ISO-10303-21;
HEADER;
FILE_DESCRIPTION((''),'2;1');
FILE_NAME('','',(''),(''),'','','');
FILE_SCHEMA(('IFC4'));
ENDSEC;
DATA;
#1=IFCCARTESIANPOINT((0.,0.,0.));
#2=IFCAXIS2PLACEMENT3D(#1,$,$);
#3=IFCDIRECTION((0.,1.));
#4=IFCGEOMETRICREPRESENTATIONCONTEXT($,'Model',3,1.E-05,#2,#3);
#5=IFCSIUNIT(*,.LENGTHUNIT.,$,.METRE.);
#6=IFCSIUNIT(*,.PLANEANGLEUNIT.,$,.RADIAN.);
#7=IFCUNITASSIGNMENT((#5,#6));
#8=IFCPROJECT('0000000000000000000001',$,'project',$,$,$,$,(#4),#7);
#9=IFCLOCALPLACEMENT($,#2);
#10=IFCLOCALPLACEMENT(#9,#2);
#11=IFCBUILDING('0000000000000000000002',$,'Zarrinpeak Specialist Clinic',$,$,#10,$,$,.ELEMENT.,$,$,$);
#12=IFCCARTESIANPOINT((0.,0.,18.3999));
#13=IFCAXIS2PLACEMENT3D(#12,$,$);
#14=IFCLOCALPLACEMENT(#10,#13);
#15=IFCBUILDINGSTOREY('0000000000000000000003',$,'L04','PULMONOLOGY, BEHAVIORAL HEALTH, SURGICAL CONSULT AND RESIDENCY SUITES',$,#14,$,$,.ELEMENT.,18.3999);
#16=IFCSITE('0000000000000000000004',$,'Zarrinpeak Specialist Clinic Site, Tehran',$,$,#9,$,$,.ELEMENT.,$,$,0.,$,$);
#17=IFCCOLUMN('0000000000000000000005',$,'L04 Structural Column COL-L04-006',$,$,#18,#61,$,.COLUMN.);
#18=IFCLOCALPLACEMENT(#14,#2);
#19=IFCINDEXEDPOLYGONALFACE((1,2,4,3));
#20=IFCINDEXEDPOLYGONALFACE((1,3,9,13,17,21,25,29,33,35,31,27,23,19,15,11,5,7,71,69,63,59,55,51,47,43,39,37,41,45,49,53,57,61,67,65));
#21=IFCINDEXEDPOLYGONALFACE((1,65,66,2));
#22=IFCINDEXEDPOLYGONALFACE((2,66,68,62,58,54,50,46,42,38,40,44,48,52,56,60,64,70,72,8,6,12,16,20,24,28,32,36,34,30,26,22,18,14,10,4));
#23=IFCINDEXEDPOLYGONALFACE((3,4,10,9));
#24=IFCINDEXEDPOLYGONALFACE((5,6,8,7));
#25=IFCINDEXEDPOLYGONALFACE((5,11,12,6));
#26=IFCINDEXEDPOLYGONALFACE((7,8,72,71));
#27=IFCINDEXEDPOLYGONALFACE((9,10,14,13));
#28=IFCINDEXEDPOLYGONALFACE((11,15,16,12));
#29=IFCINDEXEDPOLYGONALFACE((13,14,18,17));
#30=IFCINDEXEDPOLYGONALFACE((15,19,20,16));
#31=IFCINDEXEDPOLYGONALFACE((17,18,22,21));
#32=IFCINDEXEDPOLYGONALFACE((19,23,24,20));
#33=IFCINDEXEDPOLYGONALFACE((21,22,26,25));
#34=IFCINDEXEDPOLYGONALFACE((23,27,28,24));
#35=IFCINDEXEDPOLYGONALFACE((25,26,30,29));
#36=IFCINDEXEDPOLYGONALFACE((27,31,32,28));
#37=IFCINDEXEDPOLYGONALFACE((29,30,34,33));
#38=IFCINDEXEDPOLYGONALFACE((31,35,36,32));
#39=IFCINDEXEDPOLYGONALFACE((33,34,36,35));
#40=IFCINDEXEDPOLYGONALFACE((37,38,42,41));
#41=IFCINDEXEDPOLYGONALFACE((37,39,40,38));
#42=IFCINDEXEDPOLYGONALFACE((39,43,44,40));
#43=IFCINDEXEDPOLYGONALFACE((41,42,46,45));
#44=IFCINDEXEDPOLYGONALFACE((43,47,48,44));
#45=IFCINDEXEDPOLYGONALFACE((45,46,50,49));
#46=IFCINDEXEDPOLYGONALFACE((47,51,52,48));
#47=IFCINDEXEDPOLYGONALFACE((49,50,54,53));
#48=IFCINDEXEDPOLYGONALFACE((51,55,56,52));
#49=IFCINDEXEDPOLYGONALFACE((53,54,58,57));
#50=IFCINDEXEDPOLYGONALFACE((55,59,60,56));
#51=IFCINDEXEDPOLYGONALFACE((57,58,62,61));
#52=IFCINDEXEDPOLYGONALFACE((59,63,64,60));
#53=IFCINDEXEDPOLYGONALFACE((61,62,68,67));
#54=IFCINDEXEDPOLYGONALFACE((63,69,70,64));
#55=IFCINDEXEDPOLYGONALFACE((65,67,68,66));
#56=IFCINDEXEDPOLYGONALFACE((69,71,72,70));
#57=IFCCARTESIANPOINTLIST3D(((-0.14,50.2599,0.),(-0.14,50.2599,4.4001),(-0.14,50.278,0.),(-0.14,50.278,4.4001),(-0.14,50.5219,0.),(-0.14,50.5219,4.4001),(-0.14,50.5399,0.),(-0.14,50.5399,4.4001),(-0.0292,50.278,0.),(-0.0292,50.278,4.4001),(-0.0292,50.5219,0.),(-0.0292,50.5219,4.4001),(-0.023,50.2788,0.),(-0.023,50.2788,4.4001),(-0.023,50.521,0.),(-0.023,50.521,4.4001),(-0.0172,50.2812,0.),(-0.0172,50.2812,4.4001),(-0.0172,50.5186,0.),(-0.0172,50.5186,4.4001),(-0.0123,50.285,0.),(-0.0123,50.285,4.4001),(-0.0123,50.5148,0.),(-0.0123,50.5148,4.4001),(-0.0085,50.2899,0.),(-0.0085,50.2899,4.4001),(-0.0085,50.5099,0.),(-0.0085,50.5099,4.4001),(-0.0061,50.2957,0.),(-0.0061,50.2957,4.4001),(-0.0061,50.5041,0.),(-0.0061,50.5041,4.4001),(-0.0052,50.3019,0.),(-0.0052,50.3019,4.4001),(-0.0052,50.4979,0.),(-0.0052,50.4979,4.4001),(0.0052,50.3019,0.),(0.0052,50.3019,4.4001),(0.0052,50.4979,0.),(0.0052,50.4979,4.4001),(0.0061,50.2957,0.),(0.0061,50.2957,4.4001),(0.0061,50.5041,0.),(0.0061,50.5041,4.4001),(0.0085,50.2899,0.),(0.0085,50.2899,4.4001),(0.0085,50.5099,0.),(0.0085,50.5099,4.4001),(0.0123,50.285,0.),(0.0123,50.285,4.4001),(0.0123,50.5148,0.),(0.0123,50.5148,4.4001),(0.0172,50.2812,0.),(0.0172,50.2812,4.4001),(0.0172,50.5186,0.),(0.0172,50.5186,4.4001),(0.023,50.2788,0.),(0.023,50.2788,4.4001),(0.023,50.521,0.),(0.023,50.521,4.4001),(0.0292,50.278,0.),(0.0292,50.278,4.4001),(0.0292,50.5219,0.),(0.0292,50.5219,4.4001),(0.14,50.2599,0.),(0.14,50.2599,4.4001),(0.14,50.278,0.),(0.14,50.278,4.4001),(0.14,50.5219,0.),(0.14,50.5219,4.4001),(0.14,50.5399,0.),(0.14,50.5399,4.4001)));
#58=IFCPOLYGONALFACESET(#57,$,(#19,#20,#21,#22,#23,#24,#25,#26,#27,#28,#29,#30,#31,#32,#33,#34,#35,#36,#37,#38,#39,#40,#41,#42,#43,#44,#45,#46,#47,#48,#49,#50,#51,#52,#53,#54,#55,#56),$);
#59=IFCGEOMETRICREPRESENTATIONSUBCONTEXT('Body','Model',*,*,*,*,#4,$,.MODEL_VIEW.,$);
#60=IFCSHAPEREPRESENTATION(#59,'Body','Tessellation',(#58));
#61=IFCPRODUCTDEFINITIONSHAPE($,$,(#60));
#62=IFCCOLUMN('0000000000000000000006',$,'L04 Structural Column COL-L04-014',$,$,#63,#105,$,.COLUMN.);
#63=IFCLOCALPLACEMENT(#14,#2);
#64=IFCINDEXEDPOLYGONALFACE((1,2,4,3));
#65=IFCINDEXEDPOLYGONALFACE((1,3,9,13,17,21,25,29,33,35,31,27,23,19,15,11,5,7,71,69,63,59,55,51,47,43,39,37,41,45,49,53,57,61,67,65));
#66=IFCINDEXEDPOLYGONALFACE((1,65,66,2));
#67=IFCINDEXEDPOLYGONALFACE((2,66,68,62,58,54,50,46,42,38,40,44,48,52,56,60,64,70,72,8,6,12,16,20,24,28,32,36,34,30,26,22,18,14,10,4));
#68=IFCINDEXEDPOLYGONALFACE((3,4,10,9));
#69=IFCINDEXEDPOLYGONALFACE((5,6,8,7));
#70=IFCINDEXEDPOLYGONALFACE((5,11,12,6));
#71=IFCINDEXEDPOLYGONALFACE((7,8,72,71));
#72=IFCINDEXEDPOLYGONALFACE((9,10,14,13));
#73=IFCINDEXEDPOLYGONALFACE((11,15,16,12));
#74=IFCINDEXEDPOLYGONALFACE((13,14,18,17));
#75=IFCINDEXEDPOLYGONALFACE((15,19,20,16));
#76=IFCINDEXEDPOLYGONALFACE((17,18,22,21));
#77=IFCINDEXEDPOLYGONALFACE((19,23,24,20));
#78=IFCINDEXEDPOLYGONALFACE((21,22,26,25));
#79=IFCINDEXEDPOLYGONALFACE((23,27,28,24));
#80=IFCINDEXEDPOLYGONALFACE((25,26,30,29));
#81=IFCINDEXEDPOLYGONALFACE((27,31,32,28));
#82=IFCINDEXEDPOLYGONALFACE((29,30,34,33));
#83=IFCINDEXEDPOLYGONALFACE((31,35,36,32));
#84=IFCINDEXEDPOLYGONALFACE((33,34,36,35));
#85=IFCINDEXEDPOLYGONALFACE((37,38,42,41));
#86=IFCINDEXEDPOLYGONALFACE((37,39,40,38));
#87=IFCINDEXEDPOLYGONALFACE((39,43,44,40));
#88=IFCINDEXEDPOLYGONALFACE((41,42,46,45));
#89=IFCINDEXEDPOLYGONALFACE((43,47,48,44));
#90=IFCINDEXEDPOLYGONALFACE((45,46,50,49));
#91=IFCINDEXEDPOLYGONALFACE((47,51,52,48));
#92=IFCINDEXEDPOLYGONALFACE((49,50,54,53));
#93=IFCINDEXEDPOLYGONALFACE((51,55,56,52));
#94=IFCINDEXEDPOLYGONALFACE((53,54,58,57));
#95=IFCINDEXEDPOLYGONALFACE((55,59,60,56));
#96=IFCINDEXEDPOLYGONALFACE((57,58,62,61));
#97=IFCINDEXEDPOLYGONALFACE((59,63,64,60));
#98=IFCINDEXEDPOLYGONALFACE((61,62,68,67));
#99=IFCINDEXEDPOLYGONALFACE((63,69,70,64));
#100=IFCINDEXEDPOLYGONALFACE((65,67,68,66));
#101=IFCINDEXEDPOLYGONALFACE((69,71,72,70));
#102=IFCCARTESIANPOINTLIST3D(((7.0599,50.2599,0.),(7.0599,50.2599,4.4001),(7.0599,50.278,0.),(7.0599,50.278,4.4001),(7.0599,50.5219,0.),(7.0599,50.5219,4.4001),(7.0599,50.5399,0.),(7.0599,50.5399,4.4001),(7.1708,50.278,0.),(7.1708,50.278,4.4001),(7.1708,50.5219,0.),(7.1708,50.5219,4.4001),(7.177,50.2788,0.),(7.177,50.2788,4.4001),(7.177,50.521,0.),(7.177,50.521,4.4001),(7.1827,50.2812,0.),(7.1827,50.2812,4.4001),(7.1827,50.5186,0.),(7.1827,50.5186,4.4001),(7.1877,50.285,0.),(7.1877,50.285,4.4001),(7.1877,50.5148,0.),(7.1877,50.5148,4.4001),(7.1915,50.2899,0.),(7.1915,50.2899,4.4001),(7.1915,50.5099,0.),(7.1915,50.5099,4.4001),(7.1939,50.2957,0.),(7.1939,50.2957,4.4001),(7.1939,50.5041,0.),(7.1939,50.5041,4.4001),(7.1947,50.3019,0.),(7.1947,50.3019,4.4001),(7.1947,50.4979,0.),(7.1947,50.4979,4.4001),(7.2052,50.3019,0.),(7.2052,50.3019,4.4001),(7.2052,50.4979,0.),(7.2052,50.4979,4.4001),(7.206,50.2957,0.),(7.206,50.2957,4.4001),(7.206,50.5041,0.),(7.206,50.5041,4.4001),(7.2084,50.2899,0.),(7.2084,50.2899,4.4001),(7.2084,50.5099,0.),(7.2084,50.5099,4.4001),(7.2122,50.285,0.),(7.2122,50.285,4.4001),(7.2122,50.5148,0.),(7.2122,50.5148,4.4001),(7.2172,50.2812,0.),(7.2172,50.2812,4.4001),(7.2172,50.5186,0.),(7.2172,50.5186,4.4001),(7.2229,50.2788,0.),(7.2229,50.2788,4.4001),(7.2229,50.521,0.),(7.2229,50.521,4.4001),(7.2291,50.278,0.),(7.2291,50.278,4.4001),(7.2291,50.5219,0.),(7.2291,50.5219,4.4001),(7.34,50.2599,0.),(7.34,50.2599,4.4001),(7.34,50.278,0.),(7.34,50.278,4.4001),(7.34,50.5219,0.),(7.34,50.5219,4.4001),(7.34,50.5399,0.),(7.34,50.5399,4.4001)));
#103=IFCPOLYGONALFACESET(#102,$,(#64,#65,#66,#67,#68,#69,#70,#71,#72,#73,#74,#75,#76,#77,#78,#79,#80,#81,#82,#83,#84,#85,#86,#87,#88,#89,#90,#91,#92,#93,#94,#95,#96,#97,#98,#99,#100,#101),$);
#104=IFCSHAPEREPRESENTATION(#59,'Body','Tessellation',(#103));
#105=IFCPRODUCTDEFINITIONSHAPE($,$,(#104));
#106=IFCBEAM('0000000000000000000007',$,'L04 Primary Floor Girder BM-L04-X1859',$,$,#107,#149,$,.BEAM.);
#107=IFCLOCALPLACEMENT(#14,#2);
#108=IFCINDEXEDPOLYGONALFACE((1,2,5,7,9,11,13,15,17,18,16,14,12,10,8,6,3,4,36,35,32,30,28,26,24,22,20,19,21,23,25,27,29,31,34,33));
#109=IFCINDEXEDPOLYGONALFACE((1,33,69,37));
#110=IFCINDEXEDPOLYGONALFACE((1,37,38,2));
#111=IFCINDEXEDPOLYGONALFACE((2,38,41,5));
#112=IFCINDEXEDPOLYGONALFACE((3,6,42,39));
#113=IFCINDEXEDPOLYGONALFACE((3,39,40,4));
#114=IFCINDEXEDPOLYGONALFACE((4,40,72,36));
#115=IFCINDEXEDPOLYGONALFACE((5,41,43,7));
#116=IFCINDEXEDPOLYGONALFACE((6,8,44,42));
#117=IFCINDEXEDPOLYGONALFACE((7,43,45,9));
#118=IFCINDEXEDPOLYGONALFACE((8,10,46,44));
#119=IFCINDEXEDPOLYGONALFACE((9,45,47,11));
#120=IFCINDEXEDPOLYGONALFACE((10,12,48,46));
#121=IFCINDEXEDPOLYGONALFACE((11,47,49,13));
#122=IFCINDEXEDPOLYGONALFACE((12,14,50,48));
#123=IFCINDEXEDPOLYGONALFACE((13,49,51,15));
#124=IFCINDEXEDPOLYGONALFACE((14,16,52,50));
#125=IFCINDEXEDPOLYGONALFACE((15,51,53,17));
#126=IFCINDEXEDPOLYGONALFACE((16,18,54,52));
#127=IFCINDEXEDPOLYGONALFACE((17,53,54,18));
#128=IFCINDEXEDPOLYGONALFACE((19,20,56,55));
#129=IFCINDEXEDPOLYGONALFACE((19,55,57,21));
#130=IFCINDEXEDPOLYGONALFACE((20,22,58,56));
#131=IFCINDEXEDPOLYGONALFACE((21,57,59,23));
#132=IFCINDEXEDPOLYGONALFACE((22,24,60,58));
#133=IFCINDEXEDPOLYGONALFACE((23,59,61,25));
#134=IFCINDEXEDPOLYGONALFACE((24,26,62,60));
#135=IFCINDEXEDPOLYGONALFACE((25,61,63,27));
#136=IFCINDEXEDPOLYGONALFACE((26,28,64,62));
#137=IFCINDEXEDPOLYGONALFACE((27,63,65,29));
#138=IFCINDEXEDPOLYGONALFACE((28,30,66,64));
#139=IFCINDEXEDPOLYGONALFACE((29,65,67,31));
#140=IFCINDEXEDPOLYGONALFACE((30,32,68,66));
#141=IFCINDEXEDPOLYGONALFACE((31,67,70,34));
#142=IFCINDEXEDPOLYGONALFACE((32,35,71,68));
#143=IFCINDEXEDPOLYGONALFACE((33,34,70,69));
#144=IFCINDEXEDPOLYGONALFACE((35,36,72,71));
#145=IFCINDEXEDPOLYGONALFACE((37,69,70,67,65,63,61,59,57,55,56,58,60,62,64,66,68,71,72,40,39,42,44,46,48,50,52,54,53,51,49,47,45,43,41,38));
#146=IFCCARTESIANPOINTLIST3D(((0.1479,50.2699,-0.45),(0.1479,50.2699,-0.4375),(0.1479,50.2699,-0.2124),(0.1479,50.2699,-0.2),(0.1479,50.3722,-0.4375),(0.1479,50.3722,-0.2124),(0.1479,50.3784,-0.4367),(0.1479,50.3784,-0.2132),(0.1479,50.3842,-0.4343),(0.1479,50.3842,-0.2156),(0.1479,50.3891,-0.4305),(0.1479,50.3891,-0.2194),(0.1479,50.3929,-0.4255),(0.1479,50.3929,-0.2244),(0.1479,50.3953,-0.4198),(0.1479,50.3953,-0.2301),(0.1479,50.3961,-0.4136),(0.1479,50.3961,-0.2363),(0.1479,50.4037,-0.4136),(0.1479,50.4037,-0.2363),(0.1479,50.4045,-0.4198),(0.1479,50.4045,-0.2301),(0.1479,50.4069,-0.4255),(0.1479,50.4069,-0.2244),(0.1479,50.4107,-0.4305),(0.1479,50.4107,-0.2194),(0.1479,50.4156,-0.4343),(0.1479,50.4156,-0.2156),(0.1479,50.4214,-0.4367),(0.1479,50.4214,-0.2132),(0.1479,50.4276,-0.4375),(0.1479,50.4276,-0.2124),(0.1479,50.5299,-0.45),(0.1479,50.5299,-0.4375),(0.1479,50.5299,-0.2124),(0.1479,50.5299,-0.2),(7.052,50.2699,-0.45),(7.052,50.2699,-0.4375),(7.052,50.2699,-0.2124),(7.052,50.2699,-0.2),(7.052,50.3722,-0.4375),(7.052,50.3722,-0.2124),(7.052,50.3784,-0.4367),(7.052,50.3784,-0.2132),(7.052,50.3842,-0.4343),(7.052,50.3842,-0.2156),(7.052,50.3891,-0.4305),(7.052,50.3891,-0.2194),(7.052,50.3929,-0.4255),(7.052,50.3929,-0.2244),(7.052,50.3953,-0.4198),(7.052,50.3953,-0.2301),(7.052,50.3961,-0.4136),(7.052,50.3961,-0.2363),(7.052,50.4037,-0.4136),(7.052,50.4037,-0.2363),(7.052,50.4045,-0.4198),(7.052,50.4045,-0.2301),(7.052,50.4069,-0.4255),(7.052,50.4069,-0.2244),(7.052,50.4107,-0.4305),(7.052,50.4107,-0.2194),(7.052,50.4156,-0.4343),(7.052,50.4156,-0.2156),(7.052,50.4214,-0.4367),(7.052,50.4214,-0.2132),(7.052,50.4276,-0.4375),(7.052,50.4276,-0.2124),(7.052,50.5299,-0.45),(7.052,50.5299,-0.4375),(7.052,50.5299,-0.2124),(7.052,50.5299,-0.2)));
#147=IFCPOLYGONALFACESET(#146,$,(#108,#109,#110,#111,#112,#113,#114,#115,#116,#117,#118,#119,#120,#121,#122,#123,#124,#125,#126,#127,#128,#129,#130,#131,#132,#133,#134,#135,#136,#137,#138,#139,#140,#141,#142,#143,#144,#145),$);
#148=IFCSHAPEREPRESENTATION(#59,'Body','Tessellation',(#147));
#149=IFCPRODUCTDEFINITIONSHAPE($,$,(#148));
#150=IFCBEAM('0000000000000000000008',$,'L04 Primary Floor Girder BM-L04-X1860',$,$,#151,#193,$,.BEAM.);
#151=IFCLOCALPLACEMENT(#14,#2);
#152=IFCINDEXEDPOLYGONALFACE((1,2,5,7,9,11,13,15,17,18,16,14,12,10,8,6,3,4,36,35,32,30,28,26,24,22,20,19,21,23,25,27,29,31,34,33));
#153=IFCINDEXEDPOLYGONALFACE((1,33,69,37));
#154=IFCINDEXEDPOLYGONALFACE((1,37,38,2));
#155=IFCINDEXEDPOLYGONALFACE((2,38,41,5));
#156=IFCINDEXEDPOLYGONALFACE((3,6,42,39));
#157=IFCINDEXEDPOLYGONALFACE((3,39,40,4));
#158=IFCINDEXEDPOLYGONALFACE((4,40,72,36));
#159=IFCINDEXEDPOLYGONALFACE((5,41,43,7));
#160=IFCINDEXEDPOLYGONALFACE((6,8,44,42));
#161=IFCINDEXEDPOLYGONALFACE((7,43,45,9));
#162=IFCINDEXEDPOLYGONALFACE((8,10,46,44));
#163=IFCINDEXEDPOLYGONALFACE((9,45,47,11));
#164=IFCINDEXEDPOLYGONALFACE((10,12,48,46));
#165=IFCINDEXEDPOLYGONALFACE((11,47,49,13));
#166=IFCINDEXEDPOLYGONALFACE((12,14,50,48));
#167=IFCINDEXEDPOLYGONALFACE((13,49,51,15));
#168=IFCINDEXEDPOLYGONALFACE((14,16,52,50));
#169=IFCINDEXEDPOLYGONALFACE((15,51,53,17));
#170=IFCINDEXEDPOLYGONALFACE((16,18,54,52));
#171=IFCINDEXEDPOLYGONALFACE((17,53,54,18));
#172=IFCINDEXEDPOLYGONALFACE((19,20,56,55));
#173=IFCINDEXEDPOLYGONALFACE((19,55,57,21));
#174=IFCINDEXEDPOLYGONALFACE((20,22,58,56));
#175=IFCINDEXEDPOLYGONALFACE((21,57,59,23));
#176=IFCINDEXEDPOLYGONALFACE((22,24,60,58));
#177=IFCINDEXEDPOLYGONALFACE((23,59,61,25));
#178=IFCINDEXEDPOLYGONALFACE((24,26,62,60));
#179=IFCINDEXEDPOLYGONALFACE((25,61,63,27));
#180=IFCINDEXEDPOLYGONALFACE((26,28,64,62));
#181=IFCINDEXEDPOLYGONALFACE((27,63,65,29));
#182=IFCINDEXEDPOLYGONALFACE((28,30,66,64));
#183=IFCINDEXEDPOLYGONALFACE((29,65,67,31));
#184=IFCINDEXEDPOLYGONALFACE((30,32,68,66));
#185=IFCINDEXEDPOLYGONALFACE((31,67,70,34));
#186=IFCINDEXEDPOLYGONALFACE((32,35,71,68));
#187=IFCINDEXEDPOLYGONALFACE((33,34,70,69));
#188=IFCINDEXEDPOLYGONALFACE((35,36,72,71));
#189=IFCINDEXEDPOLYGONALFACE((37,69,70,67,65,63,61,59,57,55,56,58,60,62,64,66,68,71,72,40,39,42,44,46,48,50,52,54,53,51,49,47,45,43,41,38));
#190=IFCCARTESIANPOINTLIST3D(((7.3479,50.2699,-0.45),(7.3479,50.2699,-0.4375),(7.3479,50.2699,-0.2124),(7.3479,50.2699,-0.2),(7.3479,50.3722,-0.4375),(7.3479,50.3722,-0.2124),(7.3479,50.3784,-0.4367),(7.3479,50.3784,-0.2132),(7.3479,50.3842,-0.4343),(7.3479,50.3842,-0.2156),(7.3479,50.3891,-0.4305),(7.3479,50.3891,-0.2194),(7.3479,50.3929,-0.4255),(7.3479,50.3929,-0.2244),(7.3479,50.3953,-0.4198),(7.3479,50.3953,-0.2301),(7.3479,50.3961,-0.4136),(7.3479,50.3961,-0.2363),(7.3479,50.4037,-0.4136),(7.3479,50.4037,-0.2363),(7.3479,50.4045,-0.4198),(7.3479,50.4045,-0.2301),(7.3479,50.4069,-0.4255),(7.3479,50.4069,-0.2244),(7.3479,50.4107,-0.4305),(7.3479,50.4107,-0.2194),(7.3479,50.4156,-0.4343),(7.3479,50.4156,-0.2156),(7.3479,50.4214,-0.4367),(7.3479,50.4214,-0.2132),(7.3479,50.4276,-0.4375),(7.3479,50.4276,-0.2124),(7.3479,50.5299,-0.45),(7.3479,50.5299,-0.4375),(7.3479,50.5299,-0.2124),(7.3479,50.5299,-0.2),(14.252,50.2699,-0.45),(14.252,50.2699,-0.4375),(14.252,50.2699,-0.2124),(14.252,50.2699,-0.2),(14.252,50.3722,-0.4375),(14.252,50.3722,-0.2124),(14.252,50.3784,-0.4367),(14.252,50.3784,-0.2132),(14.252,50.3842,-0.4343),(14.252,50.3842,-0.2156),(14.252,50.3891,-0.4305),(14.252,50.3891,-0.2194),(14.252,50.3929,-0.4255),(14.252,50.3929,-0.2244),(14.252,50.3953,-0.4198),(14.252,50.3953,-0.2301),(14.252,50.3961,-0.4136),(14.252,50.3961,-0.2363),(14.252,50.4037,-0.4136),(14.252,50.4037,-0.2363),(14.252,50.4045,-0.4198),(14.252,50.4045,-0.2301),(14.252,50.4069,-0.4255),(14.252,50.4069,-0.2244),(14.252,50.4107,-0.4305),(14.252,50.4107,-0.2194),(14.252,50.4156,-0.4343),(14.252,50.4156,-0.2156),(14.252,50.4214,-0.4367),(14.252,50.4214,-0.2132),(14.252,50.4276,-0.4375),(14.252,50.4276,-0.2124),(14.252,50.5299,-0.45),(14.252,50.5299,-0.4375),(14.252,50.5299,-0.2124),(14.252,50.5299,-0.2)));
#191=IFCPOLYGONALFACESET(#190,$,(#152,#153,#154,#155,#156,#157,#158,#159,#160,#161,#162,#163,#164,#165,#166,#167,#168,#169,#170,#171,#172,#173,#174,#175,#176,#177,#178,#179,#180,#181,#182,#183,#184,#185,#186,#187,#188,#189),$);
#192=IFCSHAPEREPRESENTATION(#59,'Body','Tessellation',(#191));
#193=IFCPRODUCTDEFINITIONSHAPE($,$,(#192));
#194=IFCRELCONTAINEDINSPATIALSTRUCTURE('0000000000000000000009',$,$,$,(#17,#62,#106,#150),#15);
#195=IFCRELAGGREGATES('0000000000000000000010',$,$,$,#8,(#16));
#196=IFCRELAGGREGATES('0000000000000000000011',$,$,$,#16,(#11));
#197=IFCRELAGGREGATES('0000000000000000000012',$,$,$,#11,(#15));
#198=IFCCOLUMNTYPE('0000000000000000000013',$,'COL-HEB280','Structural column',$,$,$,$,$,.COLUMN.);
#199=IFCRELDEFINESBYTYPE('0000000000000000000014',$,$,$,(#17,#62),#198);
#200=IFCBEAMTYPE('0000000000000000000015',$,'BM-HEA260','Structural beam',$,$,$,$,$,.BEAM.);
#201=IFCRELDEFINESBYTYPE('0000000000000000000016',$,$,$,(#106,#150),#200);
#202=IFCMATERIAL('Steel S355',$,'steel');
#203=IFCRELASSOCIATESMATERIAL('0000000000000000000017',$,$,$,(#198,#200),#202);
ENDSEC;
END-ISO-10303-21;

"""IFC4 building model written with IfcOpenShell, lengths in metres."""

from ifc_helpers import new_model, si_unit, direction, frame, origin, origin_2d, place, context, subcontext, project, spatial, i_section, extrude, material, material_profile, profile_set, type_object, element, save


model = new_model("IFC4")

# Units and contexts
model_context = context("Model", 3, precision=1e-05, world=origin(), true_north=direction((0.0, 1.0)))
body_context = subcontext(model_context, "Body", "Model", "MODEL_VIEW")
ifc_project = project(units=[si_unit("LENGTHUNIT", "METRE"), si_unit("PLANEANGLEUNIT", "RADIAN")], contexts=[model_context])

# Site, building, storey
site_placement = place(None, origin())
site = spatial("IfcSite", under=ifc_project, at=site_placement, Name="Zarrinpeak Specialist Clinic Site, Tehran", CompositionType="ELEMENT", RefElevation=0.0)
building_placement = place(site_placement, origin())
building = spatial("IfcBuilding", under=site, at=building_placement, Name="Zarrinpeak Specialist Clinic", CompositionType="ELEMENT")
storey_placement = place(building_placement, frame((0.0, 0.0, 18.3999)))
storey = spatial("IfcBuildingStorey", under=building, at=storey_placement, Name="L04", Description="PULMONOLOGY, BEHAVIORAL HEALTH, SURGICAL CONSULT AND RESIDENCY SUITES", CompositionType="ELEMENT", Elevation=18.3999)

# Columns
ifc_material_1 = material(Name="Steel S355", Category="steel")
ifc_material_profile_1 = material_profile(ifc_material_1, i_section(OverallWidth=0.28, OverallDepth=0.28, WebThickness=0.0105, FlangeThickness=0.0181, FilletRadius=0.0239, at=origin_2d()), Name="HEB 280")
ifc_profile_set_1 = profile_set([ifc_material_profile_1], Name="Steel S355")
column_type = type_object("IfcColumnType", Name="COL-HEB280", Description="Structural column", PredefinedType="COLUMN", material=ifc_profile_set_1)
for number, where, z_axis, x_axis, name in (
    (1, (0.0, 50.3999, 0.0), (0.0, 0.0, 1.0), (1.0, 0.0, 0.0), "L04 Structural Column COL-L04-006"),
    (2, (7.2, 50.3999, 0.0), (0.0, 0.0, 1.0), (1.0, 0.0, 0.0), "L04 Structural Column COL-L04-014"),
):
    element("IfcColumn", number, at=place(storey_placement, frame(where, z_axis=z_axis, x_axis=x_axis)), inside=storey, type_object=column_type, Name=name, PredefinedType="COLUMN", context=body_context, shape_type="SweptSolid", body=[
        extrude(i_section(OverallWidth=0.28, OverallDepth=0.28, WebThickness=0.0105, FlangeThickness=0.0181, FilletRadius=0.0239, at=origin_2d()), origin(), (0.0, 0.0, 1.0), 4.4001),
    ])

# Beams
ifc_material_profile_2 = material_profile(ifc_material_1, i_section(OverallWidth=0.26, OverallDepth=0.25, WebThickness=0.0076, FlangeThickness=0.0125, FilletRadius=0.0239, at=origin_2d()), Name="HEA 260")
ifc_profile_set_2 = profile_set([ifc_material_profile_2], Name="Steel S355")
beam_type = type_object("IfcBeamType", Name="BM-HEA260", Description="Structural beam", PredefinedType="BEAM", material=ifc_profile_set_2)
for number, where, z_axis, x_axis, name in (
    (3, (0.1479, 50.3999, -0.325), (1.0, 0.0, 0.0), (0.0, 1.0, 0.0), "L04 Primary Floor Girder BM-L04-X1859"),
    (4, (7.3479, 50.3999, -0.325), (1.0, 0.0, 0.0), (0.0, 1.0, 0.0), "L04 Primary Floor Girder BM-L04-X1860"),
):
    element("IfcBeam", number, at=place(storey_placement, frame(where, z_axis=z_axis, x_axis=x_axis)), inside=storey, type_object=beam_type, Name=name, PredefinedType="BEAM", context=body_context, shape_type="SweptSolid", body=[
        extrude(i_section(OverallWidth=0.26, OverallDepth=0.25, WebThickness=0.0076, FlangeThickness=0.0125, FilletRadius=0.0239, at=origin_2d()), origin(), (0.0, 0.0, 1.0), 6.9041),
    ])

save(model, "model.ifc")
